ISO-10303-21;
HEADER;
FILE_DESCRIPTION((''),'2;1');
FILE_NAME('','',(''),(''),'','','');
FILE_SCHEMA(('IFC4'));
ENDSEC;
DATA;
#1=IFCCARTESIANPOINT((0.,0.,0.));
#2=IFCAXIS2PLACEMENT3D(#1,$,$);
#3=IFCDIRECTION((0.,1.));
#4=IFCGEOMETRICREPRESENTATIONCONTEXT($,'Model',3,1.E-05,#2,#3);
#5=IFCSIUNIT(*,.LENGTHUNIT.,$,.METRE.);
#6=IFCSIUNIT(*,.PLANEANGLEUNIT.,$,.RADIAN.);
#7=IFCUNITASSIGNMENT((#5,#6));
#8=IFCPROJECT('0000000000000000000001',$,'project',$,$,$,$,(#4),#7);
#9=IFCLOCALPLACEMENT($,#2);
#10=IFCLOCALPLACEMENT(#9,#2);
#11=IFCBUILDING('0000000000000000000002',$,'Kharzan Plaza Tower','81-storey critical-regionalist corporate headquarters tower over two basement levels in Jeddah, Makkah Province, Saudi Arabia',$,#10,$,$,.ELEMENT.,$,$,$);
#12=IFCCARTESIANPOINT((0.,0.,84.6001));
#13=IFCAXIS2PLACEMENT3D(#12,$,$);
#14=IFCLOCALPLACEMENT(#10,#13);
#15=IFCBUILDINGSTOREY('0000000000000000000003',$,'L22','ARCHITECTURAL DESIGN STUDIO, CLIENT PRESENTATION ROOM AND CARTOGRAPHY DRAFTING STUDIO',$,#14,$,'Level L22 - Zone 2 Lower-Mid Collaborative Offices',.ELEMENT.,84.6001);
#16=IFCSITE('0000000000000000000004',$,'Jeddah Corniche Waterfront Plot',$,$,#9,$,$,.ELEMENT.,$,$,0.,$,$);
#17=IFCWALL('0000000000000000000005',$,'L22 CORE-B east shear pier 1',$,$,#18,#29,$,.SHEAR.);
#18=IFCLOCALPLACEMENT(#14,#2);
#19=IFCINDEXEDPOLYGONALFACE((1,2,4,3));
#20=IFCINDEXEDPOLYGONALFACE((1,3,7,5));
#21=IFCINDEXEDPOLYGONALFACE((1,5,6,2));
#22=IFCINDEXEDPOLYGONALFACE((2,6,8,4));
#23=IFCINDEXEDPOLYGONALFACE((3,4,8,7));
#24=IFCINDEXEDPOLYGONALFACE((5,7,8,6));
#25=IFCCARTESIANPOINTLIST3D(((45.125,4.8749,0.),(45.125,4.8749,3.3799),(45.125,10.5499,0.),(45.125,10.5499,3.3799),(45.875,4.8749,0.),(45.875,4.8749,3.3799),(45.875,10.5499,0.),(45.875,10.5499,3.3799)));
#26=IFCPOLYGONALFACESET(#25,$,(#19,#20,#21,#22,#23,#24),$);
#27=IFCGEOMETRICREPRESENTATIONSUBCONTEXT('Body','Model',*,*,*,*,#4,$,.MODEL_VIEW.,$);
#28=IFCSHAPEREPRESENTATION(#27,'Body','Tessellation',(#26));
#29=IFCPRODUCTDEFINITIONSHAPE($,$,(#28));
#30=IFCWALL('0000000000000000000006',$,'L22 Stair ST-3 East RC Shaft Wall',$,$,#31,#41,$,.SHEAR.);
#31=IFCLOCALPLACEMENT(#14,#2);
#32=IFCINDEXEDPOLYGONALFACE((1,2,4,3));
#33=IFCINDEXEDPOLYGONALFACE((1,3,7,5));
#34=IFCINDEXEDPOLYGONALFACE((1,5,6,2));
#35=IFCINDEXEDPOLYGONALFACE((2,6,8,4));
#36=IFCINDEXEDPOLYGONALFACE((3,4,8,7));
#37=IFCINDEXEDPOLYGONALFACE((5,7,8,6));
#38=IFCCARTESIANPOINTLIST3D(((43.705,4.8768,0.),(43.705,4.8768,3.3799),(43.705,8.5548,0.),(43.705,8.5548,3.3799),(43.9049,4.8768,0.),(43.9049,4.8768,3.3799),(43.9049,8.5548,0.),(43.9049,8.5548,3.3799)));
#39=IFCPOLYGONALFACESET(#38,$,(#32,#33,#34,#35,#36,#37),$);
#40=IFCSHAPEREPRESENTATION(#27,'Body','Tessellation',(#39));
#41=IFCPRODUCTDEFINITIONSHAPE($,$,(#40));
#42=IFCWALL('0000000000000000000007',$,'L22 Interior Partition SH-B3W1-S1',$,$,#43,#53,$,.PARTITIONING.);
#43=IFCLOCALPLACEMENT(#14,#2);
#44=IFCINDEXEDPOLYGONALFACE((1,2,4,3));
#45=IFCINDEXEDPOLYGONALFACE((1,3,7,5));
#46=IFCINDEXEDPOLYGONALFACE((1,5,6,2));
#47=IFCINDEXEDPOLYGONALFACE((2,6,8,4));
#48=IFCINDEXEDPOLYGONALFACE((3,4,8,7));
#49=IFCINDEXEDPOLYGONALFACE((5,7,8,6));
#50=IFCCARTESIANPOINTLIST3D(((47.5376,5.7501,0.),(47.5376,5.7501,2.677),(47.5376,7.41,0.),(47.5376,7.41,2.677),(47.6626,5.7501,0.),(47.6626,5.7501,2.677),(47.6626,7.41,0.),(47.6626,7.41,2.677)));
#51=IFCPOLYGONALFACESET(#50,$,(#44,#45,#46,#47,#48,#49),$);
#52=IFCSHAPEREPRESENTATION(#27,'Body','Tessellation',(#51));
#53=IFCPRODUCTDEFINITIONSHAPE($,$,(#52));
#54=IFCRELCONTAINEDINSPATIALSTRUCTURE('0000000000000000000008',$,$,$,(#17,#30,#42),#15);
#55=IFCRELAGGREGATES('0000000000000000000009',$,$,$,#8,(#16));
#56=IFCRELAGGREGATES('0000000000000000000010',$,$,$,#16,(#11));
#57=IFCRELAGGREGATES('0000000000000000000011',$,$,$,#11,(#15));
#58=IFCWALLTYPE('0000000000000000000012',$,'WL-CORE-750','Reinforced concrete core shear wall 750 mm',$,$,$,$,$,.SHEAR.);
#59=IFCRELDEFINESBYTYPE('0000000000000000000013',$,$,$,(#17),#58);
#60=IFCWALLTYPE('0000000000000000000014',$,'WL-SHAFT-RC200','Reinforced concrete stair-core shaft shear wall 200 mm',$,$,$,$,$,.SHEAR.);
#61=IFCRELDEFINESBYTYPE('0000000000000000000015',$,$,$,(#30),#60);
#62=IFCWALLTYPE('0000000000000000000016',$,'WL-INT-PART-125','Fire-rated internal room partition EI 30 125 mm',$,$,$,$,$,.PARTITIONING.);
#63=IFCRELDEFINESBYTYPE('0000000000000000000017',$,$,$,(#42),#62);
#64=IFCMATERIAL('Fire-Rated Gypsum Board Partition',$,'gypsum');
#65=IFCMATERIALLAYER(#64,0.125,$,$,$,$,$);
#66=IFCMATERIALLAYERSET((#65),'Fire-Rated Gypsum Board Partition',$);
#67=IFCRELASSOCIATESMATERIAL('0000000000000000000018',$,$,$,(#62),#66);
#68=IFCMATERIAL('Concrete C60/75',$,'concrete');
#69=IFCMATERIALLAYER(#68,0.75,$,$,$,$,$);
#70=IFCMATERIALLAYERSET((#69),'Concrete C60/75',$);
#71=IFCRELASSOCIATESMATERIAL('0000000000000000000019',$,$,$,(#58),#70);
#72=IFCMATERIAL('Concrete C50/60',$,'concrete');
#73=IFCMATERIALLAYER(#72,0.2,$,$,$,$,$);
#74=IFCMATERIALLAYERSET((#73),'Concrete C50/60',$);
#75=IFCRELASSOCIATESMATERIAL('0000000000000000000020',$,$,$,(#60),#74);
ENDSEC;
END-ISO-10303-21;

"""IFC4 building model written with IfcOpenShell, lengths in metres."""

from ifc_helpers import new_model, si_unit, direction, frame, frame_2d, origin, place, context, subcontext, project, spatial, rectangle, extrude, source, transform, mapped, material, layer, layer_set, type_object, element, save


model = new_model("IFC4")

# Units and contexts
model_context = context("Model", 3, precision=1e-05, world=origin(), true_north=direction((0.0, 1.0)))
body_context = subcontext(model_context, "Body", "Model", "MODEL_VIEW")
ifc_project = project(units=[si_unit("LENGTHUNIT", "METRE"), si_unit("PLANEANGLEUNIT", "RADIAN")], contexts=[model_context])

# Site, building, storey
site_placement = place(None, origin())
site = spatial("IfcSite", under=ifc_project, at=site_placement, Name="Jeddah Corniche Waterfront Plot", CompositionType="ELEMENT", RefElevation=0.0)
building_placement = place(site_placement, origin())
building = spatial("IfcBuilding", under=site, at=building_placement, Name="Kharzan Plaza Tower", Description="81-storey critical-regionalist corporate headquarters tower over two basement levels in Jeddah, Makkah Province, Saudi Arabia", CompositionType="ELEMENT")
storey_placement = place(building_placement, frame((0.0, 0.0, 84.6001)))
storey = spatial("IfcBuildingStorey", under=building, at=storey_placement, Name="L22", Description="ARCHITECTURAL DESIGN STUDIO, CLIENT PRESENTATION ROOM AND CARTOGRAPHY DRAFTING STUDIO", LongName="Level L22 - Zone 2 Lower-Mid Collaborative Offices", CompositionType="ELEMENT", Elevation=84.6001)

# Shared definitions
ifc_material_1 = material(Name="Concrete C50/60", Category="concrete")
ifc_material_2 = material(Name="Concrete C60/75", Category="concrete")

# Shared definitions
ifc_material_3 = material(Name="Fire-Rated Gypsum Board Partition", Category="gypsum")
ifc_layer_1 = layer(ifc_material_3, 0.125)
ifc_layer_set_1 = layer_set([ifc_layer_1], Name="Fire-Rated Gypsum Board Partition")
wall_type_1 = type_object("IfcWallType", Name="WL-INT-PART-125", Description="Fire-rated internal room partition EI 30 125 mm", PredefinedType="PARTITIONING", material=ifc_layer_set_1)

# Walls
ifc_layer_2 = layer(ifc_material_2, 0.75)
ifc_layer_set_2 = layer_set([ifc_layer_2], Name="Concrete C60/75")
wall_type_2 = type_object("IfcWallType", Name="WL-CORE-750", Description="Reinforced concrete core shear wall 750 mm", PredefinedType="SHEAR", material=ifc_layer_set_2)
shared_shape_1 = source(origin(), body_context, "Body", "SweptSolid", [
    extrude(rectangle(XDim=5.675, YDim=0.75, at=frame_2d((2.8374, 0.0))), origin(), (0.0, 0.0, 1.0), 3.3799),
])
wall_1_placement = place(storey_placement, frame((45.5, 4.875, 0.0), z_axis=(0.0, 0.0, 1.0), x_axis=(0.0, 1.0, 0.0)))
element("IfcWall", 1, at=wall_1_placement, inside=storey, type_object=wall_type_2, Name="L22 CORE-B east shear pier 1", PredefinedType="SHEAR", context=body_context, shape_type="MappedRepresentation", body=[
    mapped(shared_shape_1, transform((0.0, 0.0, 0.0), x_axis=(1.0, 0.0, 0.0), y_axis=(0.0, 1.0, 0.0), z_axis=(0.0, 0.0, 1.0))),
])
ifc_layer_3 = layer(ifc_material_1, 0.2)
ifc_layer_set_3 = layer_set([ifc_layer_3], Name="Concrete C50/60")
wall_type_3 = type_object("IfcWallType", Name="WL-SHAFT-RC200", Description="Reinforced concrete stair-core shaft shear wall 200 mm", PredefinedType="SHEAR", material=ifc_layer_set_3)
shared_shape_2 = source(origin(), body_context, "Body", "SweptSolid", [
    extrude(rectangle(XDim=3.678, YDim=0.2, at=frame_2d((1.8389, 0.0))), origin(), (0.0, 0.0, 1.0), 3.3799),
])
wall_2_placement = place(storey_placement, frame((43.8049, 4.877, 0.0), z_axis=(0.0, 0.0, 1.0), x_axis=(0.0, 1.0, 0.0)))
element("IfcWall", 2, at=wall_2_placement, inside=storey, type_object=wall_type_3, Name="L22 Stair ST-3 East RC Shaft Wall", PredefinedType="SHEAR", context=body_context, shape_type="MappedRepresentation", body=[
    mapped(shared_shape_2, transform((0.0, 0.0, 0.0), x_axis=(1.0, 0.0, 0.0), y_axis=(0.0, 1.0, 0.0), z_axis=(0.0, 0.0, 1.0))),
])
shared_shape_3 = source(origin(), body_context, "Body", "SweptSolid", [
    extrude(rectangle(XDim=1.6599, YDim=0.125, at=frame_2d((0.8301, 0.0))), origin(), (0.0, 0.0, 1.0), 2.677),
])
wall_3_placement = place(storey_placement, frame((47.6001, 5.75, 0.0), z_axis=(0.0, 0.0, 1.0), x_axis=(0.0, 1.0, 0.0)))
element("IfcWall", 3, at=wall_3_placement, inside=storey, type_object=wall_type_1, Name="L22 Interior Partition SH-B3W1-S1", PredefinedType="PARTITIONING", context=body_context, shape_type="MappedRepresentation", body=[
    mapped(shared_shape_3, transform((0.0, 0.0, 0.0), x_axis=(1.0, 0.0, 0.0), y_axis=(0.0, 1.0, 0.0), z_axis=(0.0, 0.0, 1.0))),
])

save(model, "model.ifc")
